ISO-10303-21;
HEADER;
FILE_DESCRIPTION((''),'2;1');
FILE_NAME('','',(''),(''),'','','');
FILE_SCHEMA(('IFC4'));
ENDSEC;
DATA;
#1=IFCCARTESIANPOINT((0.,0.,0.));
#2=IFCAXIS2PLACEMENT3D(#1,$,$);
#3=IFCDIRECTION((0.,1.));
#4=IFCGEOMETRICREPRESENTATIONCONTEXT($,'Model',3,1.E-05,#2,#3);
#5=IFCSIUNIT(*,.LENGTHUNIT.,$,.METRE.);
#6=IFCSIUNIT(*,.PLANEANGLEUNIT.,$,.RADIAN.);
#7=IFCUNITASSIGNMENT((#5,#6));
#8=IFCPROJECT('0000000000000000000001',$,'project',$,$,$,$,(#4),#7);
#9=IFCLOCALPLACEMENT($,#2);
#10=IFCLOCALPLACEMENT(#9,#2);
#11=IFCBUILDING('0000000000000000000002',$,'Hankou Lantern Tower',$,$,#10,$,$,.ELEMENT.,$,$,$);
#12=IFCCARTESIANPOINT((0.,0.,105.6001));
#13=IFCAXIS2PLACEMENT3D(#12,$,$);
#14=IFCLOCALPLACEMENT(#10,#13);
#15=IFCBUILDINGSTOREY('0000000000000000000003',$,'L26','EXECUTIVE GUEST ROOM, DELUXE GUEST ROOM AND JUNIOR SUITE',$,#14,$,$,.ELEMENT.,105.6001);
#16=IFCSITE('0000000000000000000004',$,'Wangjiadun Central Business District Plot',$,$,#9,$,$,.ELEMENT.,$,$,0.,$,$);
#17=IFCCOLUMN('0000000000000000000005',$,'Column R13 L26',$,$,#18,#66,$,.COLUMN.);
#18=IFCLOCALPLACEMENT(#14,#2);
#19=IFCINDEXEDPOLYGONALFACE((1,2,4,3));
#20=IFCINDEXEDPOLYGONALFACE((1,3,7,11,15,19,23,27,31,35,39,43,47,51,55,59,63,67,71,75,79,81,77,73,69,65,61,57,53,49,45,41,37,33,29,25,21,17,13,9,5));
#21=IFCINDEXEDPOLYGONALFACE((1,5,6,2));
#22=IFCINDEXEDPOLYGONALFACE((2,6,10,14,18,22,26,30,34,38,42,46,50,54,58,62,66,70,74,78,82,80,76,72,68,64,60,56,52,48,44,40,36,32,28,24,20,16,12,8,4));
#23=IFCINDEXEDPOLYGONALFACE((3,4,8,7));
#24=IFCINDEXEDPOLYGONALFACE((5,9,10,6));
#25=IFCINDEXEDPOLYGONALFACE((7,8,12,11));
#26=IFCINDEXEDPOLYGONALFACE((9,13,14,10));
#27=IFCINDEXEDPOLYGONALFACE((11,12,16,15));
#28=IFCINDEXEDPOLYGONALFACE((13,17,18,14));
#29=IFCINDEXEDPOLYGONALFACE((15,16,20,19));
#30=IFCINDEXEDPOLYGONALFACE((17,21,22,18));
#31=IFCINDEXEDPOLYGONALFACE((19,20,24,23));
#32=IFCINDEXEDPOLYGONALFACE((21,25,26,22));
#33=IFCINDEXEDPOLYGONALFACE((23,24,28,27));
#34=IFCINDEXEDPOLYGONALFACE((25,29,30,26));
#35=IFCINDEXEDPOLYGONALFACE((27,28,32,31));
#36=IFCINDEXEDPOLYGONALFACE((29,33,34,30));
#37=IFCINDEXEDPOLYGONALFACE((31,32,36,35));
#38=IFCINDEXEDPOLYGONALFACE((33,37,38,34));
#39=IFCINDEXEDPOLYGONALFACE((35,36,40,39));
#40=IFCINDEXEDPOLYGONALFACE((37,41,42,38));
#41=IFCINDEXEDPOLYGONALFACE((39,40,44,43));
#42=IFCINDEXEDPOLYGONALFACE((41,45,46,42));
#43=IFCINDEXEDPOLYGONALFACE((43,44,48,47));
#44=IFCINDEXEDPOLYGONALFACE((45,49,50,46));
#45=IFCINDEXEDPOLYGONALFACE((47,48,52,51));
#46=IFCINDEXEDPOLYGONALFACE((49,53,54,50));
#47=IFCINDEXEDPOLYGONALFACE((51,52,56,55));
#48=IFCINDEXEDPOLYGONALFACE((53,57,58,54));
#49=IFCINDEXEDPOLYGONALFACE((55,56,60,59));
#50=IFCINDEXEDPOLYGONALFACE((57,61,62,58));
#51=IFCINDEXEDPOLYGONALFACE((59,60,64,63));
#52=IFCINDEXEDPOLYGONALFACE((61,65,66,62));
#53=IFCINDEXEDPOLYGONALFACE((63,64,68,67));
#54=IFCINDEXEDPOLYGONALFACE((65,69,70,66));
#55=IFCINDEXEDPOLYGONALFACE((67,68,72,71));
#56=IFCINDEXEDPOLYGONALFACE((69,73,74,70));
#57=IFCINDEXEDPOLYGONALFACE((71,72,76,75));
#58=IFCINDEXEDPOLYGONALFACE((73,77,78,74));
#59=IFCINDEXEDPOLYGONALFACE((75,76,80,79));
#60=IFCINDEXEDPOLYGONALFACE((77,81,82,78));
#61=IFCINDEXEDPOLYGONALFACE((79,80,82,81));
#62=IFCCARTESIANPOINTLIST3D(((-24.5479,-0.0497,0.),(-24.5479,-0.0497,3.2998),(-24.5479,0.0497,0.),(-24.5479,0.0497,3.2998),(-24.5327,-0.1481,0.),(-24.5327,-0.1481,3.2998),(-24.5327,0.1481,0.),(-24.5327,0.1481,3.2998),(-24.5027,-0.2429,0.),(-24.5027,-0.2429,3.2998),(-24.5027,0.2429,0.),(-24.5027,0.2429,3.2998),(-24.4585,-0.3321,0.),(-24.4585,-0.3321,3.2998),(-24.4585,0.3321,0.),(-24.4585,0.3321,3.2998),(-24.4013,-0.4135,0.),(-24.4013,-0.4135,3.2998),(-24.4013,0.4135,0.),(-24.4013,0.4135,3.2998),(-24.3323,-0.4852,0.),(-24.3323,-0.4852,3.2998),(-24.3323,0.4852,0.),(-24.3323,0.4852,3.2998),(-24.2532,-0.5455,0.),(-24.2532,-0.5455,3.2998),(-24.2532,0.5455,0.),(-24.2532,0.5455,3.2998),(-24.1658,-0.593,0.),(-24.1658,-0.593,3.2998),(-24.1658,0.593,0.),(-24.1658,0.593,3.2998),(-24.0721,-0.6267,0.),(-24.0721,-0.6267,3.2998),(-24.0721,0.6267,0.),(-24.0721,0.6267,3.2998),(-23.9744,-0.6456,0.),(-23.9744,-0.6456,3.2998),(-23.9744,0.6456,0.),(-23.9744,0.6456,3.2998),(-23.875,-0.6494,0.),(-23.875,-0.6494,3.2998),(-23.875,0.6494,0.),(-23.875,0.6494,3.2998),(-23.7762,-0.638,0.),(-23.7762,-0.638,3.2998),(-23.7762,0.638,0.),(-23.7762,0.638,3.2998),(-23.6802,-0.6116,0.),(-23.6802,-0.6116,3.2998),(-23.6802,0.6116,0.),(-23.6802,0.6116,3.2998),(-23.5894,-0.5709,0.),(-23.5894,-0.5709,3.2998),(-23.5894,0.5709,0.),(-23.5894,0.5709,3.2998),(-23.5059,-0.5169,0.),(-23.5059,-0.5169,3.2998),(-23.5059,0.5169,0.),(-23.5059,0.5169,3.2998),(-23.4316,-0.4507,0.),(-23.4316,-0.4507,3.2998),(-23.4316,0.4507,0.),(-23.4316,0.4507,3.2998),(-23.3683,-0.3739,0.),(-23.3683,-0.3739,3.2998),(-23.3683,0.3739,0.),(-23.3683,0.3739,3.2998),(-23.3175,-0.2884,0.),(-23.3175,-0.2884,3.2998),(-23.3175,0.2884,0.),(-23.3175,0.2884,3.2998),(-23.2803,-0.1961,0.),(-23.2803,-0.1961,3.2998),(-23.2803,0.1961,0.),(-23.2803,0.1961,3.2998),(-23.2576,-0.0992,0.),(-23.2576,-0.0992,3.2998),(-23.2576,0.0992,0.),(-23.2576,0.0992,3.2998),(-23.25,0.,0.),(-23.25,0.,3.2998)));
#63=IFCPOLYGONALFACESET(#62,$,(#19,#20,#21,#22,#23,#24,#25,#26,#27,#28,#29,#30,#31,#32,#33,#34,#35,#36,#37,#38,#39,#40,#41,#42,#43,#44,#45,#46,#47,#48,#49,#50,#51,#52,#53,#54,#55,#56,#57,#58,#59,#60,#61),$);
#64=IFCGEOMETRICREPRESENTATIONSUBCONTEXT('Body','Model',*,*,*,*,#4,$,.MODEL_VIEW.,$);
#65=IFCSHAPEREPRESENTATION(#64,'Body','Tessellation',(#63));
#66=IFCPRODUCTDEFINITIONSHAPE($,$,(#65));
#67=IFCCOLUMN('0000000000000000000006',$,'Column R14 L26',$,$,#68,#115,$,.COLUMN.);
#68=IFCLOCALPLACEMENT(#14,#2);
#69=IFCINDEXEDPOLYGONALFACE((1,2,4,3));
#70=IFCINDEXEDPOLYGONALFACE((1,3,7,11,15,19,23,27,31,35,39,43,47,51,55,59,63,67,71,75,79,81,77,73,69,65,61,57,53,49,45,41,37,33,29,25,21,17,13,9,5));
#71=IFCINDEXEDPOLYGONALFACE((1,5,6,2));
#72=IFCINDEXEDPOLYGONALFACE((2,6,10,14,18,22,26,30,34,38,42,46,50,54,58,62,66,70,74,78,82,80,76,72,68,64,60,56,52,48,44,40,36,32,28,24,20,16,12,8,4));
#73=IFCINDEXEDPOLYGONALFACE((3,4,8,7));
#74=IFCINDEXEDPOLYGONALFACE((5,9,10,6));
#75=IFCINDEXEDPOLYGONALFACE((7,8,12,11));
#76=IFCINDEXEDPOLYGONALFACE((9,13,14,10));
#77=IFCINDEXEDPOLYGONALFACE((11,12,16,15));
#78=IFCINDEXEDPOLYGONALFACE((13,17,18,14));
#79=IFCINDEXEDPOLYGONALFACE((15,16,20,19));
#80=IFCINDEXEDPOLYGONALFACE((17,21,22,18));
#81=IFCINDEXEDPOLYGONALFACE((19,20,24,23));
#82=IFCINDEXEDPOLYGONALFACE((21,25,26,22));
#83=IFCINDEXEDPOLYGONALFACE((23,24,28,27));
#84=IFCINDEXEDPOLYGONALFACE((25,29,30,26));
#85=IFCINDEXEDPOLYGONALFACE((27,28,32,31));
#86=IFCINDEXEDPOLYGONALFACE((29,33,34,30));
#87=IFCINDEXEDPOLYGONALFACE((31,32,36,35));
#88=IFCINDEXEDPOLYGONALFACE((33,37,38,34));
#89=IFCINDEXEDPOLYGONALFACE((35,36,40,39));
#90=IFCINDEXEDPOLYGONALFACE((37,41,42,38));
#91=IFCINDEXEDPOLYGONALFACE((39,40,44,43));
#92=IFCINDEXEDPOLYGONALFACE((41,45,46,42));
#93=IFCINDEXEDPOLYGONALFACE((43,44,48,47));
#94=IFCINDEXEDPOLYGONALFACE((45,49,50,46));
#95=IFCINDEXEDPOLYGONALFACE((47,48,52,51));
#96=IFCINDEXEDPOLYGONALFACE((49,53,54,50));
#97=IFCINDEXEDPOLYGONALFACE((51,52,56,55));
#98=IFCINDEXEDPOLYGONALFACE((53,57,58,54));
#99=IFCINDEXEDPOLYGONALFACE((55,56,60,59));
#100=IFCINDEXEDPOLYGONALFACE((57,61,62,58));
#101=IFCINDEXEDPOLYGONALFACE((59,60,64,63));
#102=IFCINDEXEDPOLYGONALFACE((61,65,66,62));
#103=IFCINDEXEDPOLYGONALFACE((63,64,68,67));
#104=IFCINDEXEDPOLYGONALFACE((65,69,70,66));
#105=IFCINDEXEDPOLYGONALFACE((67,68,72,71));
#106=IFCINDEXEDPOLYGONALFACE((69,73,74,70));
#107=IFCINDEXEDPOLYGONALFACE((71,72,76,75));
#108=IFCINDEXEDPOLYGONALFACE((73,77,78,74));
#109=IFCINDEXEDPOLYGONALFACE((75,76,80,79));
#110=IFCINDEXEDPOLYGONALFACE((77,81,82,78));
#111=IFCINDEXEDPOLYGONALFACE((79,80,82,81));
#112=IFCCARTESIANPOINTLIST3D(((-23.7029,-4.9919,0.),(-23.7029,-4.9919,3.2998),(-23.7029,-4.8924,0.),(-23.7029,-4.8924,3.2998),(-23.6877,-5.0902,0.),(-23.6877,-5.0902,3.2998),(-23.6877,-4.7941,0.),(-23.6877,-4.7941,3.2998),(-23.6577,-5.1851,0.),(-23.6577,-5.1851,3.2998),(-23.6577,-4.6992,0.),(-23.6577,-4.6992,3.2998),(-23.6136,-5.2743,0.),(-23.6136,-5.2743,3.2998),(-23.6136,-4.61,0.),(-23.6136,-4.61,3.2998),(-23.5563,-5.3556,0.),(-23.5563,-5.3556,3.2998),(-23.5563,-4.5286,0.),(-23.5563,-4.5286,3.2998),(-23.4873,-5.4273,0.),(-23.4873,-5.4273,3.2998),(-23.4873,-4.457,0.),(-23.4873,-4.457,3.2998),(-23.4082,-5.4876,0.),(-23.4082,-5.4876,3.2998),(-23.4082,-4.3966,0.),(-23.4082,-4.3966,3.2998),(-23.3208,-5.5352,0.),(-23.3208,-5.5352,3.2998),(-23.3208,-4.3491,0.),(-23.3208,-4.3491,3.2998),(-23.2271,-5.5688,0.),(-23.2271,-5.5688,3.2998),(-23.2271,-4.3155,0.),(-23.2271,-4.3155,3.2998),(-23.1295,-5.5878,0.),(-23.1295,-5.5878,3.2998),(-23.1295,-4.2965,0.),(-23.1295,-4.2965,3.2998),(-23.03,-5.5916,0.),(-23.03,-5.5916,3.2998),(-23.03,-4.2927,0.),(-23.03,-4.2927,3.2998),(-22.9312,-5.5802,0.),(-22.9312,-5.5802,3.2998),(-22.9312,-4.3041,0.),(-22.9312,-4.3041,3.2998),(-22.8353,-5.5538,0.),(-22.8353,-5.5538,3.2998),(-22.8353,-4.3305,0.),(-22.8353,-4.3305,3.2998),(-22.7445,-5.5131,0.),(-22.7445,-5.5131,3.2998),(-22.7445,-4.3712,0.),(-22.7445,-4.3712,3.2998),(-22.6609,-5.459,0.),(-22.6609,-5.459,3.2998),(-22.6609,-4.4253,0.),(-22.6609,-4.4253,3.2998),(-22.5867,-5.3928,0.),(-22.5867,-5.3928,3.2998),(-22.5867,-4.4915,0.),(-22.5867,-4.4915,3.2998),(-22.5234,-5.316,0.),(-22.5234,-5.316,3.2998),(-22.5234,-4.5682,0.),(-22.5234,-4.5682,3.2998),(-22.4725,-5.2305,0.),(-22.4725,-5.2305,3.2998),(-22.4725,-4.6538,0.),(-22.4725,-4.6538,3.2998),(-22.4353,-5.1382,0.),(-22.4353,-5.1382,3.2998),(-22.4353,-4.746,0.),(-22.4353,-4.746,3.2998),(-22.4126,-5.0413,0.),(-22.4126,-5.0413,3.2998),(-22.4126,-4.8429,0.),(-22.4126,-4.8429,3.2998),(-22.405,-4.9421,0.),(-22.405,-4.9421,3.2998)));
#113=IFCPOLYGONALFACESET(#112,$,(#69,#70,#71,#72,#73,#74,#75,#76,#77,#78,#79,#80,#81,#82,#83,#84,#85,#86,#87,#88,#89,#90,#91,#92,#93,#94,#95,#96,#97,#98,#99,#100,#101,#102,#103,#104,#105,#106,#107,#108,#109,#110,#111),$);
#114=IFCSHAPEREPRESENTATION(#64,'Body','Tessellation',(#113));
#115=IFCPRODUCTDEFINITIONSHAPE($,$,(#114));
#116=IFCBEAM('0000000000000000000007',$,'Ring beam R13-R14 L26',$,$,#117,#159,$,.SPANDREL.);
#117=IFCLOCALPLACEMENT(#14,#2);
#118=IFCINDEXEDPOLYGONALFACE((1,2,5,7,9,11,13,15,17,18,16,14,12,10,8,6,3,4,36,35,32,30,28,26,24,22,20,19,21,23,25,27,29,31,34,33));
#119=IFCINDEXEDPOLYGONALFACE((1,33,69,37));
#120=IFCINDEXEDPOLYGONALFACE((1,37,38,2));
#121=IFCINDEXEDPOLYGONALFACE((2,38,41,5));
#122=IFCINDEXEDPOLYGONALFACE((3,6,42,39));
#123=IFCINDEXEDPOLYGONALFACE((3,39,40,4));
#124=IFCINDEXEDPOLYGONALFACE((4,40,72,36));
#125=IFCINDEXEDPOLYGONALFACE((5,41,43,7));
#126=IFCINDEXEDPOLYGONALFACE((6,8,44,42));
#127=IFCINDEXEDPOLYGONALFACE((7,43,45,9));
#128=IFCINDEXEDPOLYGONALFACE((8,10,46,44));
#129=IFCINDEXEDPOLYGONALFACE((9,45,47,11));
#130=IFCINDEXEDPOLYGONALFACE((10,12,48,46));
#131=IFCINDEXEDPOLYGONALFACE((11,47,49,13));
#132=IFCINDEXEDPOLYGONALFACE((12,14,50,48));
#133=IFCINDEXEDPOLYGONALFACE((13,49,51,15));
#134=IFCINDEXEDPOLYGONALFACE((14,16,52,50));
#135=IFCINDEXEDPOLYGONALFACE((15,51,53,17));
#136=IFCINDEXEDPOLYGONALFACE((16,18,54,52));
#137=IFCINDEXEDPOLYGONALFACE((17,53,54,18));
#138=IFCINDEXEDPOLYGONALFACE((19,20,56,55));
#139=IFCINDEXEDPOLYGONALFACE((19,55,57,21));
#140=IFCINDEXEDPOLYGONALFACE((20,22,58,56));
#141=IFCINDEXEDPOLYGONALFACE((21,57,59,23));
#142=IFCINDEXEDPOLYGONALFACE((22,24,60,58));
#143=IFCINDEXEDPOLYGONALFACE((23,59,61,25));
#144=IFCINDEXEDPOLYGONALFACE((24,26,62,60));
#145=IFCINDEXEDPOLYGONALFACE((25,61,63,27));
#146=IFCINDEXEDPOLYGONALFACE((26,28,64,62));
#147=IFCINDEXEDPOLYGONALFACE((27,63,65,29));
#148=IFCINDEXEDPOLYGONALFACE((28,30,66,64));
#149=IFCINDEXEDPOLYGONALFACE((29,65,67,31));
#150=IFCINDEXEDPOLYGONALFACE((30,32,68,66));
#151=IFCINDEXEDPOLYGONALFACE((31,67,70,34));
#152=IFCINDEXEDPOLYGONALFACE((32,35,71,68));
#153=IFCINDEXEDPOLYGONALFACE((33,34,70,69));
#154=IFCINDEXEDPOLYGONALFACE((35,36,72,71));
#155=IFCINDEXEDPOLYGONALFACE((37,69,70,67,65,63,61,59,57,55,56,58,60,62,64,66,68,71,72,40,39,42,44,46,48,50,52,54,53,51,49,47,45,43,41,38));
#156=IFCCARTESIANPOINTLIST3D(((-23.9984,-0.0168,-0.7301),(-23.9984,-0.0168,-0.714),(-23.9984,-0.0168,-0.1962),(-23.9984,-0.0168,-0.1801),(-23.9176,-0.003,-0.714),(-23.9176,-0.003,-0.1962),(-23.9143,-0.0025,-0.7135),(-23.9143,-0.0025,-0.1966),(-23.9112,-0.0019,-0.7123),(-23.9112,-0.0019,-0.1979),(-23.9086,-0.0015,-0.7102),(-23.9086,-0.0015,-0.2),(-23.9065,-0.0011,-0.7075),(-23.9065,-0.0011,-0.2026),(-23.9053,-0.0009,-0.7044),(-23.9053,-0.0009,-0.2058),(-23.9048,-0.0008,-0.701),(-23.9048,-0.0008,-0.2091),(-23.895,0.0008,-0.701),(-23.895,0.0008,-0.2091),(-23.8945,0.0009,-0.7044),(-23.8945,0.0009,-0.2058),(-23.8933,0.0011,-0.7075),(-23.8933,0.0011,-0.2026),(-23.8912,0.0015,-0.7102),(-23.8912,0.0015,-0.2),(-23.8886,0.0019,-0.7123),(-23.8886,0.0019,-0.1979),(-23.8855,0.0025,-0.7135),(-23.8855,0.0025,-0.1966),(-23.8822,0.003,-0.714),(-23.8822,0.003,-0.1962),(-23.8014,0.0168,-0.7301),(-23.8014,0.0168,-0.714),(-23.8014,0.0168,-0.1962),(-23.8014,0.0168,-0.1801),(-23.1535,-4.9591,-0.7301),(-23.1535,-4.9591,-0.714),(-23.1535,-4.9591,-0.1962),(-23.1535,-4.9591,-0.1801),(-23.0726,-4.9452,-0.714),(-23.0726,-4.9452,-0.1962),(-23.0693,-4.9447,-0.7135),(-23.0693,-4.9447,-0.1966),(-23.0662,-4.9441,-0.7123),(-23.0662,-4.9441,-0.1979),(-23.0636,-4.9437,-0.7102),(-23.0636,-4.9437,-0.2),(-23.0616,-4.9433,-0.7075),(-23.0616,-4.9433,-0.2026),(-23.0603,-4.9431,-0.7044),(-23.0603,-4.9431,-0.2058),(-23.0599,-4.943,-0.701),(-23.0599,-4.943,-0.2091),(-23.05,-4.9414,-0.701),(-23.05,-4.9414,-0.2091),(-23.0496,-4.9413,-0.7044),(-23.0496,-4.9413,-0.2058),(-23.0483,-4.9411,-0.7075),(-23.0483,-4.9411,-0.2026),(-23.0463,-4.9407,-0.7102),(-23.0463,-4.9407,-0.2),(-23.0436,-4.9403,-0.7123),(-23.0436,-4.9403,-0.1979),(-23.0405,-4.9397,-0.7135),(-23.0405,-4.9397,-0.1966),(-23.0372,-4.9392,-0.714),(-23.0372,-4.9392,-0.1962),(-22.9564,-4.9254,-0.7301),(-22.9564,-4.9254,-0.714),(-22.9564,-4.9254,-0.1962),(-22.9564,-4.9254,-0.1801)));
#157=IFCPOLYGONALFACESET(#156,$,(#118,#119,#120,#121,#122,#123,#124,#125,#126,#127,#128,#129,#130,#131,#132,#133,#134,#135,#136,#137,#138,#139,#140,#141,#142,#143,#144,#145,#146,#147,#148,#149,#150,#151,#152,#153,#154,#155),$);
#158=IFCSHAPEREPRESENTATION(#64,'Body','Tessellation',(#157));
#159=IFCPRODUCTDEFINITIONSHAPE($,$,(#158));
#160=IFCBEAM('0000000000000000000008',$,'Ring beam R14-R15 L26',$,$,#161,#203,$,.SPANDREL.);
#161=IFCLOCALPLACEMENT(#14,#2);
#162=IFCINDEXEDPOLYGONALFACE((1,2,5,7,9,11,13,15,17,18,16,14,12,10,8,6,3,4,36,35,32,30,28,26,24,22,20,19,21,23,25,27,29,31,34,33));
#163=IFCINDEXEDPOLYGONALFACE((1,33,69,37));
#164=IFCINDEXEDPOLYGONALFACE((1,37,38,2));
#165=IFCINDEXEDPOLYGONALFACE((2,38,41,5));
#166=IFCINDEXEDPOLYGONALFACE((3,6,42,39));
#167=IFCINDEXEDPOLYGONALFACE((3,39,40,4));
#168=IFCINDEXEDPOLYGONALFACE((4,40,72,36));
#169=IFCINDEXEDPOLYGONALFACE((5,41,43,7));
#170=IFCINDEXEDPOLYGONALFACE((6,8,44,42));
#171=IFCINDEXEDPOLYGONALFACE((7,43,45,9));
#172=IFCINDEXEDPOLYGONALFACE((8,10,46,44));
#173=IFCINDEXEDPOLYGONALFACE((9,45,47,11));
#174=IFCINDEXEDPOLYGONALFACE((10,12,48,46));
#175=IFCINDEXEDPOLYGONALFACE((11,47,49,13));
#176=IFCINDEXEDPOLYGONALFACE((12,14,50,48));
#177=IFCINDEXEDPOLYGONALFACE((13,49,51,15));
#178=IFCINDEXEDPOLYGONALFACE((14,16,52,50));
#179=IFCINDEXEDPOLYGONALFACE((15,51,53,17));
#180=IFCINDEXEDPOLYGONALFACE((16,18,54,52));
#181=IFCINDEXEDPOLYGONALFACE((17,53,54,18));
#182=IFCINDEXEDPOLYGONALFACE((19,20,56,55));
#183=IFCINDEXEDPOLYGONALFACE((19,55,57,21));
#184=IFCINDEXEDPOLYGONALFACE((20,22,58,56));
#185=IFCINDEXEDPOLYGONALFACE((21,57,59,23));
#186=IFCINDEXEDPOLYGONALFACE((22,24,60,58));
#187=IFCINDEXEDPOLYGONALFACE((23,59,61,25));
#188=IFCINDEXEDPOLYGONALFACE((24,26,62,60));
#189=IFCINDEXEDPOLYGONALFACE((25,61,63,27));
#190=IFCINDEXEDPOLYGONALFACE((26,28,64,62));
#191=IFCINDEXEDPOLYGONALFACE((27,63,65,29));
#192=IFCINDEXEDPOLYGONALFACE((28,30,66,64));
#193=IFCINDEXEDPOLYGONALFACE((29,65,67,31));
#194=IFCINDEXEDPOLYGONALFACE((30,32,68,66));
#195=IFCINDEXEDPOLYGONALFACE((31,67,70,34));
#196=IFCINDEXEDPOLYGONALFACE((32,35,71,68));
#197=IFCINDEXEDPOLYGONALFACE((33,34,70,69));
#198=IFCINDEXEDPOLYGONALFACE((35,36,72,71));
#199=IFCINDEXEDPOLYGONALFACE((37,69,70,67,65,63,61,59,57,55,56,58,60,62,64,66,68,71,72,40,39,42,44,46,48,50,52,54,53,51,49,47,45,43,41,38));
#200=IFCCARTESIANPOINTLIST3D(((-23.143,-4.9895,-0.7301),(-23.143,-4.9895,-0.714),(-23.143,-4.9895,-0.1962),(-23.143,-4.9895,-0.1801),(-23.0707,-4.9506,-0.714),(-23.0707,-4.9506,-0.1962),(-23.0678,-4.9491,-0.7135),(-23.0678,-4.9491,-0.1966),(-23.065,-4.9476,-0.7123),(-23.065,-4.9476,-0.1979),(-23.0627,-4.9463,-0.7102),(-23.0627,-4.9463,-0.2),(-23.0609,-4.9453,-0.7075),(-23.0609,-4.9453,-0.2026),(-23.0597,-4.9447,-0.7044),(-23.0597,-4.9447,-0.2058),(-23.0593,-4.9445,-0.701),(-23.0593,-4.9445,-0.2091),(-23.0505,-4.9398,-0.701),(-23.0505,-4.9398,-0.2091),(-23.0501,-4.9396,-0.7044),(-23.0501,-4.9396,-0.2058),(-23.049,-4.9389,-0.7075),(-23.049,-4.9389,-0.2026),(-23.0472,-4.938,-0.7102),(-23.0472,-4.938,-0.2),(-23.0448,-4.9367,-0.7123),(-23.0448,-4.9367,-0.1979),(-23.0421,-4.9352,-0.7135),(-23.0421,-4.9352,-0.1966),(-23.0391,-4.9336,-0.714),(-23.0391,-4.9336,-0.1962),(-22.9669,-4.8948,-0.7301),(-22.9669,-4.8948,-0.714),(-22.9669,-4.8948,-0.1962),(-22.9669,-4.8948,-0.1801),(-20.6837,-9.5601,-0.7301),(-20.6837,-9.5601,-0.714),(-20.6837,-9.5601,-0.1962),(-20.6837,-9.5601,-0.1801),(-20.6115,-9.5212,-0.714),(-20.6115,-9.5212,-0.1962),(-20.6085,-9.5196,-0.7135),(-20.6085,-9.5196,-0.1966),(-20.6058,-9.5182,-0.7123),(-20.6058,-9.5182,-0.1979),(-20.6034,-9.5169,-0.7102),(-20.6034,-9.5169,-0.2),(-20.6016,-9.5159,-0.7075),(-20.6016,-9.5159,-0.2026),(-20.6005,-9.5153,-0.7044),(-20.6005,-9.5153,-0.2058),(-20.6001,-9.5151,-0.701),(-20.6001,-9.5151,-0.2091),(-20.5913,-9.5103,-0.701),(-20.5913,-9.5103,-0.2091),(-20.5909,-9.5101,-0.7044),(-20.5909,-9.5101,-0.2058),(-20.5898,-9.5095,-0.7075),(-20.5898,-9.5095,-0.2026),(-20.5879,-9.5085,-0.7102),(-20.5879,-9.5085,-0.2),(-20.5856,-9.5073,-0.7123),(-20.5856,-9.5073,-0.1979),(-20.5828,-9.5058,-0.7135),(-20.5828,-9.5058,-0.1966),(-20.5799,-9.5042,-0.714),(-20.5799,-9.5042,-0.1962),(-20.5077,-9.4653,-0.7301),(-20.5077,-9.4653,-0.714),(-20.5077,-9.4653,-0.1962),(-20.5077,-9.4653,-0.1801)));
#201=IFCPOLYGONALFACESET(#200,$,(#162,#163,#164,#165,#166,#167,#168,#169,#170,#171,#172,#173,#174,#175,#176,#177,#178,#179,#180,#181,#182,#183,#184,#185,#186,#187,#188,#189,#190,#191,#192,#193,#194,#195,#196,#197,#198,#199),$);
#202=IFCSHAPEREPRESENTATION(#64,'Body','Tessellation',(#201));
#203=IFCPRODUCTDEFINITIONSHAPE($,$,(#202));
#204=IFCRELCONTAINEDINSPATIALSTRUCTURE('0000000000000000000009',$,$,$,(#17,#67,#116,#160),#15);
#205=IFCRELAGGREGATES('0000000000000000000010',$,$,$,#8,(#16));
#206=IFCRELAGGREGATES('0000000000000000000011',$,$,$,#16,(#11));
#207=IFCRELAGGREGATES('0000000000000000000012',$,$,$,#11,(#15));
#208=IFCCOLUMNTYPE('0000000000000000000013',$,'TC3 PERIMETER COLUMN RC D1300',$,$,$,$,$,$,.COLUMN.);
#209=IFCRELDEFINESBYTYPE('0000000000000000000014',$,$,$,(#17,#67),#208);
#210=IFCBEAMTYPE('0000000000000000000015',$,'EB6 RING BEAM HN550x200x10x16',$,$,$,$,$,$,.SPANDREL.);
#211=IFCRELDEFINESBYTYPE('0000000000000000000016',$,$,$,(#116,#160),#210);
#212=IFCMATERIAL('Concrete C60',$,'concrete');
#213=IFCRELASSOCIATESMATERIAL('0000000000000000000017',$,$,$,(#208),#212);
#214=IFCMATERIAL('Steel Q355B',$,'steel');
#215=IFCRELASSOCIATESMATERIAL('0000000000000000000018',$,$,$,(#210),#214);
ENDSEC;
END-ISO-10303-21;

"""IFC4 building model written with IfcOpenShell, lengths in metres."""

from ifc_helpers import new_model, si_unit, direction, frame, origin, origin_2d, place, context, subcontext, project, spatial, circle, i_section, extrude, material, material_profile, profile_set, type_object, element, save


model = new_model("IFC4")

# Units and contexts
model_context = context("Model", 3, precision=1e-05, world=origin(), true_north=direction((0.0, 1.0)))
body_context = subcontext(model_context, "Body", "Model", "MODEL_VIEW")
ifc_project = project(units=[si_unit("LENGTHUNIT", "METRE"), si_unit("PLANEANGLEUNIT", "RADIAN")], contexts=[model_context])

# Site, building, storey
site_placement = place(None, origin())
site = spatial("IfcSite", under=ifc_project, at=site_placement, Name="Wangjiadun Central Business District Plot", CompositionType="ELEMENT", RefElevation=0.0)
building_placement = place(site_placement, origin())
building = spatial("IfcBuilding", under=site, at=building_placement, Name="Hankou Lantern Tower", CompositionType="ELEMENT")
storey_placement = place(building_placement, frame((0.0, 0.0, 105.6001)))
storey = spatial("IfcBuildingStorey", under=building, at=storey_placement, Name="L26", Description="EXECUTIVE GUEST ROOM, DELUXE GUEST ROOM AND JUNIOR SUITE", CompositionType="ELEMENT", Elevation=105.6001)

# Columns
ifc_material_1 = material(Name="Concrete C60", Category="concrete")
ifc_material_profile_1 = material_profile(ifc_material_1, circle(Radius=0.6499, at=origin_2d()), Name="RC D1300")
ifc_profile_set_1 = profile_set([ifc_material_profile_1], Name="Concrete C60")
column_type = type_object("IfcColumnType", Name="TC3 PERIMETER COLUMN RC D1300", PredefinedType="COLUMN", material=ifc_profile_set_1)
for number, where, z_axis, x_axis, name in (
    (1, (-23.8999, 0.0, 0.0), (0.0, 0.0, 1.0), (1.0, 0.0, 0.0), "Column R13 L26"),
    (2, (-23.0549, -4.9421, 0.0), (0.0, 0.0, 1.0), (1.0, 0.0, 0.0), "Column R14 L26"),
):
    element("IfcColumn", number, at=place(storey_placement, frame(where, z_axis=z_axis, x_axis=x_axis)), inside=storey, type_object=column_type, Name=name, PredefinedType="COLUMN", context=body_context, shape_type="SweptSolid", body=[
        extrude(circle(Radius=0.6499, at=origin_2d()), origin(), (0.0, 0.0, 1.0), 3.2998),
    ])

# Beams
ifc_material_2 = material(Name="Steel Q355B", Category="steel")
ifc_material_profile_2 = material_profile(ifc_material_2, i_section(OverallWidth=0.2, OverallDepth=0.55, WebThickness=0.01, FlangeThickness=0.0161, FilletRadius=0.0129, at=origin_2d()), Name="HN550x200x10x16")
ifc_profile_set_2 = profile_set([ifc_material_profile_2], Name="Steel Q355B")
beam_type_1 = type_object("IfcBeamType", Name="EB6 RING BEAM HN550x200x10x16", PredefinedType="SPANDREL", material=ifc_profile_set_2)
beam_1_placement = place(storey_placement, frame((-23.8999, 0.0, -0.4551), z_axis=(0.168527, -0.985697, 0.0), x_axis=(0.985697, 0.168527, 0.0)))
element("IfcBeam", 3, at=beam_1_placement, inside=storey, type_object=beam_type_1, Name="Ring beam R13-R14 L26", PredefinedType="SPANDREL", context=body_context, shape_type="SweptSolid", body=[
    extrude(i_section(OverallWidth=0.2, OverallDepth=0.55, WebThickness=0.01, FlangeThickness=0.0161, FilletRadius=0.0129, at=origin_2d()), origin(), (0.0, 0.0, 1.0), 5.0139),
])
beam_2_placement = place(storey_placement, frame((-23.0549, -4.9421, -0.4551), z_axis=(0.473825, -0.880619, 0.0), x_axis=(0.880619, 0.473825, 0.0)))
element("IfcBeam", 4, at=beam_2_placement, inside=storey, type_object=beam_type_1, Name="Ring beam R14-R15 L26", PredefinedType="SPANDREL", context=body_context, shape_type="SweptSolid", body=[
    extrude(i_section(OverallWidth=0.2, OverallDepth=0.55, WebThickness=0.01, FlangeThickness=0.0161, FilletRadius=0.0129, at=origin_2d()), origin(), (0.0, 0.0, 1.0), 5.1902),
])

save(model, "model.ifc")
